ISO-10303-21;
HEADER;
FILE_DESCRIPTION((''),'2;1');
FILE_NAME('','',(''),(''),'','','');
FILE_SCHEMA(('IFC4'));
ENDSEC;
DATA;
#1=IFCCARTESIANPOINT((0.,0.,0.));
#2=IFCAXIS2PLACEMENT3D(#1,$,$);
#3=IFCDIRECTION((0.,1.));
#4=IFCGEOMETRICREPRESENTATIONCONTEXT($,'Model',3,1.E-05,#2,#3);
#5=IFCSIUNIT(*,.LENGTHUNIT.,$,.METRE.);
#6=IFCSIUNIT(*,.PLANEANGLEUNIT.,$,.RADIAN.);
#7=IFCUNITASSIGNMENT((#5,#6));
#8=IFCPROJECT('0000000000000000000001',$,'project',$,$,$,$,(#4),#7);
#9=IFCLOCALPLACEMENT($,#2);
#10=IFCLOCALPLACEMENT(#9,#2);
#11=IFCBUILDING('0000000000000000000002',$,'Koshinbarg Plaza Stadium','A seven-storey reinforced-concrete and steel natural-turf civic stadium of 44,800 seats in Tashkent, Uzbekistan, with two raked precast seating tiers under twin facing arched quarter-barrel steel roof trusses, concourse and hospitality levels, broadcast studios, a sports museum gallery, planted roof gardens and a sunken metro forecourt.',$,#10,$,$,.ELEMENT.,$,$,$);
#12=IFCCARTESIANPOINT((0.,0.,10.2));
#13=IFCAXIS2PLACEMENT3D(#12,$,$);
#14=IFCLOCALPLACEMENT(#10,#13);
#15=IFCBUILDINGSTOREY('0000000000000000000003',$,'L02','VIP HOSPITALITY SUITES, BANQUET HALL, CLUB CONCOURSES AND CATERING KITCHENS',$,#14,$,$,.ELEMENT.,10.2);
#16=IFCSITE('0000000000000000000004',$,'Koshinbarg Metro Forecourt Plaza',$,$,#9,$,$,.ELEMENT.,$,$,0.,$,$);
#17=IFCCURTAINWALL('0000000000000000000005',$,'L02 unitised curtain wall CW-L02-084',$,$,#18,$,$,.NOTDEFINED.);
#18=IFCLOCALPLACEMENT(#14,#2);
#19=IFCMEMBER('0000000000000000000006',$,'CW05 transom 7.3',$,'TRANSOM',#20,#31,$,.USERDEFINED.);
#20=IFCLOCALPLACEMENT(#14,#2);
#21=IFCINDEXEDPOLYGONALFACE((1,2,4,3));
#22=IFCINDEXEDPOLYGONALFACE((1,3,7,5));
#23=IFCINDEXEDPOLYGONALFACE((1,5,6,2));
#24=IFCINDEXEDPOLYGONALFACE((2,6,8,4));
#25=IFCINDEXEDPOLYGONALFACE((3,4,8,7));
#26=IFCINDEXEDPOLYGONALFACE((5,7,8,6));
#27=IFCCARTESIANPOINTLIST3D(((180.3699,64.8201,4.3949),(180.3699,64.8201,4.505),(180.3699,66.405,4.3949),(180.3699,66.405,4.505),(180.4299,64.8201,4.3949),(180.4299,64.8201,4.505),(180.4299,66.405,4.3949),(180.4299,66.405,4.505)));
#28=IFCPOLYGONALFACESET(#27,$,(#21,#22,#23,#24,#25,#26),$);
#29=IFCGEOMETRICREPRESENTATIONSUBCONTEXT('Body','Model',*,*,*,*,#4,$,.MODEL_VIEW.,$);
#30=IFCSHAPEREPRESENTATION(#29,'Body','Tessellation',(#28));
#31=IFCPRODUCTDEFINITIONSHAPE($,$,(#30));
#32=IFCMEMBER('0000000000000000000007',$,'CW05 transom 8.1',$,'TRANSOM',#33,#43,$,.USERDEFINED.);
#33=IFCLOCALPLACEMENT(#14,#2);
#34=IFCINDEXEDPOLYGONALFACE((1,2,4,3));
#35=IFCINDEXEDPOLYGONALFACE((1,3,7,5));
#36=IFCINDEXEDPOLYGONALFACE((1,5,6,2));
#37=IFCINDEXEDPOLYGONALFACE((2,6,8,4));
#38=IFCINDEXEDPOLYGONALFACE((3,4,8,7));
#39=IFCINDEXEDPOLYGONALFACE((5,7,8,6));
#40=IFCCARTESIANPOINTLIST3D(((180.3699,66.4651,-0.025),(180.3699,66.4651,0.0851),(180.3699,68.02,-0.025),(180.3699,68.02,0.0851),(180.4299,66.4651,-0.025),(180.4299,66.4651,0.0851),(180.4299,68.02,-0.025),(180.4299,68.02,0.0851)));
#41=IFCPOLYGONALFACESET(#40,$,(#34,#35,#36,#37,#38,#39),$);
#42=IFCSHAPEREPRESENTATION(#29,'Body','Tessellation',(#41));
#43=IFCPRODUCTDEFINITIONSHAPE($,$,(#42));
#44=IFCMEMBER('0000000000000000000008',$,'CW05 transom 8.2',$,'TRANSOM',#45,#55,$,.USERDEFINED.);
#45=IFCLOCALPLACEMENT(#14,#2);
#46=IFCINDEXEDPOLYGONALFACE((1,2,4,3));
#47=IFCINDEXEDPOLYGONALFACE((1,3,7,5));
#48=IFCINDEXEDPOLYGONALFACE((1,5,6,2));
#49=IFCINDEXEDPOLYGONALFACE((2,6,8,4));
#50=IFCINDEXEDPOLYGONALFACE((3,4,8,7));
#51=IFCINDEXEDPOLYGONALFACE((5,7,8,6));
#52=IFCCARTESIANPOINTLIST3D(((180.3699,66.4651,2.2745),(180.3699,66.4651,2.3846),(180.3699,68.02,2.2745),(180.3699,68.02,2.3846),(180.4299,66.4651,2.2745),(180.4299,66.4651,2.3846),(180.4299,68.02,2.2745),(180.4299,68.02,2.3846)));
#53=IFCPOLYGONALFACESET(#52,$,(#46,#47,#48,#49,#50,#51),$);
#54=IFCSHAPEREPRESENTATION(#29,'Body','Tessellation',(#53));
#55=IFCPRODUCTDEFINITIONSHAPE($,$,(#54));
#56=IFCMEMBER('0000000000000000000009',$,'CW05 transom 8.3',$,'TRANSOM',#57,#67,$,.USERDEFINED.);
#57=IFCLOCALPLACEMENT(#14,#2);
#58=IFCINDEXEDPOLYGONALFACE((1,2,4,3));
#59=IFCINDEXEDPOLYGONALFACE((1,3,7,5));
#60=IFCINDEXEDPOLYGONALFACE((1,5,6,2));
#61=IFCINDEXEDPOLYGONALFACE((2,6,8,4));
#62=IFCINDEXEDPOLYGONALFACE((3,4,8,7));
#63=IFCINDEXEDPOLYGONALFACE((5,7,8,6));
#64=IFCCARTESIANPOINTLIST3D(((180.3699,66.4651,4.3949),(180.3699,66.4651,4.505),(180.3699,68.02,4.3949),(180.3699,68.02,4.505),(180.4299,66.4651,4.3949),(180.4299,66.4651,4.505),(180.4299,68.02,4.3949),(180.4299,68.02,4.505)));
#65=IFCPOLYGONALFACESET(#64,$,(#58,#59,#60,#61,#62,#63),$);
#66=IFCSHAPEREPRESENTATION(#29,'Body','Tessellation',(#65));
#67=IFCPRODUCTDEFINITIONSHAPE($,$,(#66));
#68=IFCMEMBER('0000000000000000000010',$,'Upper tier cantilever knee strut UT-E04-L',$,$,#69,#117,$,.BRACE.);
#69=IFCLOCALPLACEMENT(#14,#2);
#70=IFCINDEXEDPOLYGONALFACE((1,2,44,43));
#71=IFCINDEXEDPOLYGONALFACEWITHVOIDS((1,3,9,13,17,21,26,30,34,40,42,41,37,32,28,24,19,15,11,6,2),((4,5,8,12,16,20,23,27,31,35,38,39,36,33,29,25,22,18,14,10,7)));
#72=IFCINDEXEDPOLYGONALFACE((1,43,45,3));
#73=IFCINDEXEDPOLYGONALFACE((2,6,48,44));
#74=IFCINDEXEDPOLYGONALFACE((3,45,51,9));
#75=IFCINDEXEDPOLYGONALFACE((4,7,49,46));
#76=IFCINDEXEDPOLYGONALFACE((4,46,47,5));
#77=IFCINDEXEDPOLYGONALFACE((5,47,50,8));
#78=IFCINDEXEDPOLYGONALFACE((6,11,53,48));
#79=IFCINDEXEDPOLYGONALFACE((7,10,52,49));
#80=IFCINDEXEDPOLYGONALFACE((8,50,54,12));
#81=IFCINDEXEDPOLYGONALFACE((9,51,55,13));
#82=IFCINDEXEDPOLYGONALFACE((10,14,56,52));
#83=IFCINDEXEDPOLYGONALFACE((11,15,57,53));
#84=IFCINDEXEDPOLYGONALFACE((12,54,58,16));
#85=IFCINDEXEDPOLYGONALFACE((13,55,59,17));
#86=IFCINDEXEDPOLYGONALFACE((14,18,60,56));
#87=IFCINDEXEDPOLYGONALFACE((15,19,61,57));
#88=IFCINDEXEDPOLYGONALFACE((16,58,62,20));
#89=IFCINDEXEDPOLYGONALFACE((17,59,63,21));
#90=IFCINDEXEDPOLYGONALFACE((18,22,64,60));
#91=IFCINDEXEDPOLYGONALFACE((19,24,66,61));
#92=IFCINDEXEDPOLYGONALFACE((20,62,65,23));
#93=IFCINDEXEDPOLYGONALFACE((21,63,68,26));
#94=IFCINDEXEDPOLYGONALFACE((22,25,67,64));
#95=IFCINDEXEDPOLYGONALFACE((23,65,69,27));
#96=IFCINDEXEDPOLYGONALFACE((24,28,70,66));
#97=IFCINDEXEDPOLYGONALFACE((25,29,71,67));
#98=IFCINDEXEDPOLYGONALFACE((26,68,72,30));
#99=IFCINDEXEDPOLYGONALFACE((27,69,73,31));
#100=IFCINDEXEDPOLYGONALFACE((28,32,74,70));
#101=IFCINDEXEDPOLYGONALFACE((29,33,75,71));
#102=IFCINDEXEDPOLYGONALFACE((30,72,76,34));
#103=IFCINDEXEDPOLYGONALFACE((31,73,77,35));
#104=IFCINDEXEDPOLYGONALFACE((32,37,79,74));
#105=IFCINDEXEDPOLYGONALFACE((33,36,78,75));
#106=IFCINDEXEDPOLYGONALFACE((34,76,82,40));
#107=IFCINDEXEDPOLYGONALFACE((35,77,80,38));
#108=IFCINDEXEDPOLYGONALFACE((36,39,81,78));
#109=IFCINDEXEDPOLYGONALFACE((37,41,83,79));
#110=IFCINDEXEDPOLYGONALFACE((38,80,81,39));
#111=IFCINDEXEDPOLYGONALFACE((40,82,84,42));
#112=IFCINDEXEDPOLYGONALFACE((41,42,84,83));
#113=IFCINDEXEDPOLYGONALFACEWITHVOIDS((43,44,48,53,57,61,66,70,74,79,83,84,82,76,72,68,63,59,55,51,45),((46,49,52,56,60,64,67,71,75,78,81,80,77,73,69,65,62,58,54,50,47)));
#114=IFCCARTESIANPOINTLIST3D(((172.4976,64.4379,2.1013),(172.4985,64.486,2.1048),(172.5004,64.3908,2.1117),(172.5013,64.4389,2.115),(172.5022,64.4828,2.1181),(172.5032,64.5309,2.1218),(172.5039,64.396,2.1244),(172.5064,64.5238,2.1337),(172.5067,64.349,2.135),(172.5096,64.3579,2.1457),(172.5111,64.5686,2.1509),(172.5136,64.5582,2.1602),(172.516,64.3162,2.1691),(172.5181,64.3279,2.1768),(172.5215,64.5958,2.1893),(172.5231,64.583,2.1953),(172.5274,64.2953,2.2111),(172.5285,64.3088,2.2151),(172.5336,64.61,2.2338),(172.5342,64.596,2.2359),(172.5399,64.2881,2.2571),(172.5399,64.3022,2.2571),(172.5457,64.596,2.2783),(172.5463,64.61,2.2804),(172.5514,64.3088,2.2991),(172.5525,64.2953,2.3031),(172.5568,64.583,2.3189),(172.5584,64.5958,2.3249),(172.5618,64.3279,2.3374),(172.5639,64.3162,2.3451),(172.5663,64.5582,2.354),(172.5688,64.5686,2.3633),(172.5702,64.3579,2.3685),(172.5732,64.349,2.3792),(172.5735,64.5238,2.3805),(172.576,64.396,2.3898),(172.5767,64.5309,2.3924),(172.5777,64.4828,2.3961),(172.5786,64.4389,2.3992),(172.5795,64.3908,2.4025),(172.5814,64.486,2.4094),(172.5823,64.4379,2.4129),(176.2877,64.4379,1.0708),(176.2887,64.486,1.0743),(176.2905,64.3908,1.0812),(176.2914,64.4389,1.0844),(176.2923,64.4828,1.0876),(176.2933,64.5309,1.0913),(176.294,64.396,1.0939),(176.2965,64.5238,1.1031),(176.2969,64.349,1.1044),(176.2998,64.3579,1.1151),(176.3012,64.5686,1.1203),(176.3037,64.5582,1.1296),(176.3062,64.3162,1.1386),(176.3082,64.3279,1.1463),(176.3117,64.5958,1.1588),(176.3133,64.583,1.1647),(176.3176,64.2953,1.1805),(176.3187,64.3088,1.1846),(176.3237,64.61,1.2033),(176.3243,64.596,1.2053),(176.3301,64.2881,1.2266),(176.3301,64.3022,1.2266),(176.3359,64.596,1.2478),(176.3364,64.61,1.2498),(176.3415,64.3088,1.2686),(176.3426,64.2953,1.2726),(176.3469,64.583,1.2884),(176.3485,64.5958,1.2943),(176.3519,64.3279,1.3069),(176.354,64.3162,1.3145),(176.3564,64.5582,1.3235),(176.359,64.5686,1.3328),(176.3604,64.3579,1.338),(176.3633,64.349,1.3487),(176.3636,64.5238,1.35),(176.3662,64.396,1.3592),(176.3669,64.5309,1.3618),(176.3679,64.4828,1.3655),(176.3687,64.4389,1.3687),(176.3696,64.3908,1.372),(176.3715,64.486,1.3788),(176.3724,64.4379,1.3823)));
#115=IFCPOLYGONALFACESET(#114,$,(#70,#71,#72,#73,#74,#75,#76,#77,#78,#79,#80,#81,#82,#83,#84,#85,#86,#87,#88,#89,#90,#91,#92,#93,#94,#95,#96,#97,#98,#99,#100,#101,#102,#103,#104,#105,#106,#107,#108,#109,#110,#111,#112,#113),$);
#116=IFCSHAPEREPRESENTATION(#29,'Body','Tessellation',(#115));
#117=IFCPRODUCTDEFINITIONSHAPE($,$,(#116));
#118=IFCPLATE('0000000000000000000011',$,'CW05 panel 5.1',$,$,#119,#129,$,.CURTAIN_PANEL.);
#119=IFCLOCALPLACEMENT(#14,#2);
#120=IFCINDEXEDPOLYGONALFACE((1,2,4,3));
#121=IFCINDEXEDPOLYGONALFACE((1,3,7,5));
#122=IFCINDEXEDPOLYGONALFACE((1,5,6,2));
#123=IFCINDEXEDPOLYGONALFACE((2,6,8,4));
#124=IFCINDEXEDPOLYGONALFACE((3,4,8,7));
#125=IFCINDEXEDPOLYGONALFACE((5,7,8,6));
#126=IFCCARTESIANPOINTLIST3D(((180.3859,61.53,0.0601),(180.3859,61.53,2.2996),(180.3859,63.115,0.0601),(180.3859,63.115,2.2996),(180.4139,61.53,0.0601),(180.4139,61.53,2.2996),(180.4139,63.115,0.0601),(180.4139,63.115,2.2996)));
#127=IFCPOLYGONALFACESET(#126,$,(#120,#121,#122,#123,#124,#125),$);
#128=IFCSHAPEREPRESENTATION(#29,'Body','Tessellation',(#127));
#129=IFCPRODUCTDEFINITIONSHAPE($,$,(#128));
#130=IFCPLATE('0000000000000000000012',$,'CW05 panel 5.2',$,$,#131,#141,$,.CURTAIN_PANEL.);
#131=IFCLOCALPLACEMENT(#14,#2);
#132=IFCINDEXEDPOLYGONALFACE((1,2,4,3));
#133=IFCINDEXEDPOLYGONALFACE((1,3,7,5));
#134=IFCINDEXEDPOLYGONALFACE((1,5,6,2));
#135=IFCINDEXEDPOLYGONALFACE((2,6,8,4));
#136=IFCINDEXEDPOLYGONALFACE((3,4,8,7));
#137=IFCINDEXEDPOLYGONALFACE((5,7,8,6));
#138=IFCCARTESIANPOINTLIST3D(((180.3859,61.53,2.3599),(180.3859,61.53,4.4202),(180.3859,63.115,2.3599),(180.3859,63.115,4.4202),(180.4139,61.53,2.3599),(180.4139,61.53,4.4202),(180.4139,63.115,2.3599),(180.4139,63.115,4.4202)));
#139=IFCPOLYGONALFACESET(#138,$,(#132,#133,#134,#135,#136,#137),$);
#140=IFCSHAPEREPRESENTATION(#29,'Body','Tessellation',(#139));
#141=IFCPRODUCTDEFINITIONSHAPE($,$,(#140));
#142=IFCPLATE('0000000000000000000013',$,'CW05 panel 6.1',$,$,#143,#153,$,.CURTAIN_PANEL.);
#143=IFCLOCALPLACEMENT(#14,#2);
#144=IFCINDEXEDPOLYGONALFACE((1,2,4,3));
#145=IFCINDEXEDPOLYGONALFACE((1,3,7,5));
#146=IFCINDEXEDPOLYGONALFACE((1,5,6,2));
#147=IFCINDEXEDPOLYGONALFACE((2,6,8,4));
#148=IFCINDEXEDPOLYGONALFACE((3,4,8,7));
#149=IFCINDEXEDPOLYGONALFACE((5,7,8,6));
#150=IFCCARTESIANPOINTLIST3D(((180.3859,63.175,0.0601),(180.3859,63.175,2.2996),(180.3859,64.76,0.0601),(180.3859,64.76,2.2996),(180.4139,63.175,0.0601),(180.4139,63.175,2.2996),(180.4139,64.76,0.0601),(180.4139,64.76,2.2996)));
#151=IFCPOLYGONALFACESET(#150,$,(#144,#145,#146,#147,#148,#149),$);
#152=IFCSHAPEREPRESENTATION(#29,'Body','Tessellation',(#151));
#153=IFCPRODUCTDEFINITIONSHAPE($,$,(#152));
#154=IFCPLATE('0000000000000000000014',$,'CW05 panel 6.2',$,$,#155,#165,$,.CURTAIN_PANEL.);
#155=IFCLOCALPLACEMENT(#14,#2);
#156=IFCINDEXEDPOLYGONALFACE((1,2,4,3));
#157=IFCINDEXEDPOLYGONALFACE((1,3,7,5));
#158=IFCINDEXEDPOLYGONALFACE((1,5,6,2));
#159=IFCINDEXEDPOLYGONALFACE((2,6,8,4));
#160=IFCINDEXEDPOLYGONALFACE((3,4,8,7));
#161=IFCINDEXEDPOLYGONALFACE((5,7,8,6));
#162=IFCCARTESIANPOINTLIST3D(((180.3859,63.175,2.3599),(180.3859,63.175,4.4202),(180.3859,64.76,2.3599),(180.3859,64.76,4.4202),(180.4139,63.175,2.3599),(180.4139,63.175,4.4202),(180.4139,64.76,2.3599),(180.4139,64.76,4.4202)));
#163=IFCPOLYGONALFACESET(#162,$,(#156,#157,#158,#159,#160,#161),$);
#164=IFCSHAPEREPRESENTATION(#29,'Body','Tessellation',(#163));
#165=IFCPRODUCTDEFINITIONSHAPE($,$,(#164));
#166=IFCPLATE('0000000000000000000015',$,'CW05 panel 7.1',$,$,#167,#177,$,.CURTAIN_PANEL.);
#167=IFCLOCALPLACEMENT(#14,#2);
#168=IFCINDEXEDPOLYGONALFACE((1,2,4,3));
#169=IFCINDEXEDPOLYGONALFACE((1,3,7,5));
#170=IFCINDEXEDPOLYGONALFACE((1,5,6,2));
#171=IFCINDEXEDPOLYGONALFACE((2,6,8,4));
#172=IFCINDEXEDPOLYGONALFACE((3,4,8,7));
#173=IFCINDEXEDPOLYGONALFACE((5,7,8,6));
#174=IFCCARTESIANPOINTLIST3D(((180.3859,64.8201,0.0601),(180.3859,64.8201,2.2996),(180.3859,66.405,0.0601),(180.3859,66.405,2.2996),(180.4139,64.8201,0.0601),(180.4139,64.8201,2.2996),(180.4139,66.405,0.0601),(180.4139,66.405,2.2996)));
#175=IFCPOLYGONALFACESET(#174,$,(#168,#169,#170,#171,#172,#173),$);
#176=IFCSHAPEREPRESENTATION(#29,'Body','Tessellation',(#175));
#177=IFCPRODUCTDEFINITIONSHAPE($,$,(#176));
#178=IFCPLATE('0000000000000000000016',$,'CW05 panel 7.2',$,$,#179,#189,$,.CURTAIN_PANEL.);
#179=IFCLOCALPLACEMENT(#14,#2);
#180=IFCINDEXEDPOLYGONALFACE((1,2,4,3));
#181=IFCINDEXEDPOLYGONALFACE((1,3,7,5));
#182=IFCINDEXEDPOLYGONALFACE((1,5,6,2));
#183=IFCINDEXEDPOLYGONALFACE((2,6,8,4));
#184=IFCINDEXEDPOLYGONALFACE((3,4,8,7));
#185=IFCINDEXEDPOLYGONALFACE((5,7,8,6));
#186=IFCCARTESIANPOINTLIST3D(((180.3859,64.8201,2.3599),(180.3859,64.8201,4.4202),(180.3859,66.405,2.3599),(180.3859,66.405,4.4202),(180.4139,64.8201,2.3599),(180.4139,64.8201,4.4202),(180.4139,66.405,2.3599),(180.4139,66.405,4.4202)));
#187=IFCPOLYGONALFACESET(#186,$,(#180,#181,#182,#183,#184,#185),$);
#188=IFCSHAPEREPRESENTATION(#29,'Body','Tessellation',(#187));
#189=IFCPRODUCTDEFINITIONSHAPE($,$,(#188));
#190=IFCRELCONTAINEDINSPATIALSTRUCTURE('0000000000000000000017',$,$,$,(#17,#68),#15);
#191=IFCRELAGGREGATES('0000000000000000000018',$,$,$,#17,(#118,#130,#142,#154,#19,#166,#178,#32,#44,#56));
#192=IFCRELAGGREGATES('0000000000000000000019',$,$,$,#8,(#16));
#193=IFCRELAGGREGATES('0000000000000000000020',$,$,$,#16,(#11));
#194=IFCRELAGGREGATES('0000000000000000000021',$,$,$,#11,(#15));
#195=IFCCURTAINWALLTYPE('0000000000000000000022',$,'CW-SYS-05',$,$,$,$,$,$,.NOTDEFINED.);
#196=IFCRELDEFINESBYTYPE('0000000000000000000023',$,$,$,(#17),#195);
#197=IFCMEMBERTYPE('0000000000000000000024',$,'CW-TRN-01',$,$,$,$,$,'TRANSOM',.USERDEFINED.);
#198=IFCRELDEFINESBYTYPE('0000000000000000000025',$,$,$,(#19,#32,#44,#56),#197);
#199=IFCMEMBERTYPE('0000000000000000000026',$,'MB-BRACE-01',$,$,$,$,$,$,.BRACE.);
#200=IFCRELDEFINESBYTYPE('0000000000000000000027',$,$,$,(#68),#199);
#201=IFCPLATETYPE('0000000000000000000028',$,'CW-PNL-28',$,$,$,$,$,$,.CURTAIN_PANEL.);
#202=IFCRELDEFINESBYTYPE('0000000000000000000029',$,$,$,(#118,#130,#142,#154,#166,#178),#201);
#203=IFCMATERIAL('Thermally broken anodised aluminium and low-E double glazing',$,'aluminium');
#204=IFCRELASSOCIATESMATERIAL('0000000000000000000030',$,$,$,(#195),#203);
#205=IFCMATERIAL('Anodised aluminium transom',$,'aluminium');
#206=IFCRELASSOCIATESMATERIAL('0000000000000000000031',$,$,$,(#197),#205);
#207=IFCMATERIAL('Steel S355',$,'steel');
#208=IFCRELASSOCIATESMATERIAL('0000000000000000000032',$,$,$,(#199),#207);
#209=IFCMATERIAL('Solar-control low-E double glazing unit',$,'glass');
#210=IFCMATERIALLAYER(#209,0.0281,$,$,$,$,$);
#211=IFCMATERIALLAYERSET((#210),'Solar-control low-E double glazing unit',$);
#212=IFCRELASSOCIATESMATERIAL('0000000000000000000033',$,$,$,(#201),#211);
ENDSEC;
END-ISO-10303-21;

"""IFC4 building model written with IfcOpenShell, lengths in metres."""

from ifc_helpers import new_model, si_unit, direction, frame, origin, origin_2d, place, context, subcontext, project, spatial, rectangle, hollow_circle, extrude, material, layer, layer_set, material_profile, profile_set, type_object, element, aggregate, save


model = new_model("IFC4")

# Units and contexts
model_context = context("Model", 3, precision=1e-05, world=origin(), true_north=direction((0.0, 1.0)))
body_context = subcontext(model_context, "Body", "Model", "MODEL_VIEW")
ifc_project = project(units=[si_unit("LENGTHUNIT", "METRE"), si_unit("PLANEANGLEUNIT", "RADIAN")], contexts=[model_context])

# Site, building, storey
site_placement = place(None, origin())
site = spatial("IfcSite", under=ifc_project, at=site_placement, Name="Koshinbarg Metro Forecourt Plaza", CompositionType="ELEMENT", RefElevation=0.0)
building_placement = place(site_placement, origin())
building = spatial("IfcBuilding", under=site, at=building_placement, Name="Koshinbarg Plaza Stadium", Description="A seven-storey reinforced-concrete and steel natural-turf civic stadium of 44,800 seats in Tashkent, Uzbekistan, with two raked precast seating tiers under twin facing arched quarter-barrel steel roof trusses, concourse and hospitality levels, broadcast studios, a sports museum gallery, planted roof gardens and a sunken metro forecourt.", CompositionType="ELEMENT")
storey_placement = place(building_placement, frame((0.0, 0.0, 10.2)))
storey = spatial("IfcBuildingStorey", under=building, at=storey_placement, Name="L02", Description="VIP HOSPITALITY SUITES, BANQUET HALL, CLUB CONCOURSES AND CATERING KITCHENS", CompositionType="ELEMENT", Elevation=10.2)

# Curtain wall, members
ifc_material_1 = material(Name="Thermally broken anodised aluminium and low-E double glazing", Category="aluminium")
curtain_wall_type = type_object("IfcCurtainWallType", Name="CW-SYS-05", PredefinedType="NOTDEFINED", material=ifc_material_1)
curtain_wall_placement = place(storey_placement, origin())
curtain_wall = element("IfcCurtainWall", 1, at=curtain_wall_placement, inside=storey, type_object=curtain_wall_type, Name="L02 unitised curtain wall CW-L02-084", PredefinedType="NOTDEFINED")
ifc_material_2 = material(Name="Anodised aluminium transom", Category="aluminium")
ifc_material_profile_1 = material_profile(ifc_material_2, rectangle(XDim=0.0601, YDim=0.1101, at=origin_2d()), Name="ALU 60x110")
ifc_profile_set_1 = profile_set([ifc_material_profile_1], Name="Anodised aluminium transom")
member_type_1 = type_object("IfcMemberType", Name="CW-TRN-01", ElementType="TRANSOM", PredefinedType="USERDEFINED", material=ifc_profile_set_1)
member_1_placement = place(storey_placement, frame((180.3999, 64.8201, 4.45), z_axis=(0.0, 1.0, 0.0), x_axis=(-1.0, 0.0, 0.0)))
member_1 = element("IfcMember", 2, at=member_1_placement, type_object=member_type_1, Name="CW05 transom 7.3", ObjectType="TRANSOM", PredefinedType="USERDEFINED", context=body_context, shape_type="SweptSolid", body=[
    extrude(rectangle(XDim=0.0601, YDim=0.1101, at=origin_2d()), origin(), (0.0, 0.0, 1.0), 1.585),
])
member_2_placement = place(storey_placement, frame((180.3999, 66.4651, 0.03), z_axis=(0.0, 1.0, 0.0), x_axis=(-1.0, 0.0, 0.0)))
member_2 = element("IfcMember", 3, at=member_2_placement, type_object=member_type_1, Name="CW05 transom 8.1", ObjectType="TRANSOM", PredefinedType="USERDEFINED", context=body_context, shape_type="SweptSolid", body=[
    extrude(rectangle(XDim=0.0601, YDim=0.1101, at=origin_2d()), origin(), (0.0, 0.0, 1.0), 1.5549),
])
member_3_placement = place(storey_placement, frame((180.3999, 66.4651, 2.3296), z_axis=(0.0, 1.0, 0.0), x_axis=(-1.0, 0.0, 0.0)))
member_3 = element("IfcMember", 4, at=member_3_placement, type_object=member_type_1, Name="CW05 transom 8.2", ObjectType="TRANSOM", PredefinedType="USERDEFINED", context=body_context, shape_type="SweptSolid", body=[
    extrude(rectangle(XDim=0.0601, YDim=0.1101, at=origin_2d()), origin(), (0.0, 0.0, 1.0), 1.5549),
])
member_4_placement = place(storey_placement, frame((180.3999, 66.4651, 4.45), z_axis=(0.0, 1.0, 0.0), x_axis=(-1.0, 0.0, 0.0)))
member_4 = element("IfcMember", 5, at=member_4_placement, type_object=member_type_1, Name="CW05 transom 8.3", ObjectType="TRANSOM", PredefinedType="USERDEFINED", context=body_context, shape_type="SweptSolid", body=[
    extrude(rectangle(XDim=0.0601, YDim=0.1101, at=origin_2d()), origin(), (0.0, 0.0, 1.0), 1.5549),
])

# Member
ifc_material_3 = material(Name="Steel S355", Category="steel")
ifc_material_profile_2 = material_profile(ifc_material_3, hollow_circle(Radius=0.1619, WallThickness=0.0142, at=origin_2d()), Name="CHS 323.9x14.2")
ifc_profile_set_2 = profile_set([ifc_material_profile_2], Name="Steel S355")
member_type_2 = type_object("IfcMemberType", Name="MB-BRACE-01", PredefinedType="BRACE", material=ifc_profile_set_2)
member_5_placement = place(storey_placement, frame((176.3301, 64.45, 1.2266), z_axis=(-0.964966, 0.0, 0.262376), x_axis=(0.0, -1.0, 0.0)))
element("IfcMember", 6, at=member_5_placement, inside=storey, type_object=member_type_2, Name="Upper tier cantilever knee strut UT-E04-L", PredefinedType="BRACE", context=body_context, shape_type="SweptSolid", body=[
    extrude(hollow_circle(Radius=0.1619, WallThickness=0.0142, at=origin_2d()), origin(), (0.0, 0.0, 1.0), 3.9277),
])

# Plates
ifc_material_4 = material(Name="Solar-control low-E double glazing unit", Category="glass")
ifc_layer_1 = layer(ifc_material_4, 0.0281)
ifc_layer_set_1 = layer_set([ifc_layer_1], Name="Solar-control low-E double glazing unit")
plate_type = type_object("IfcPlateType", Name="CW-PNL-28", PredefinedType="CURTAIN_PANEL", material=ifc_layer_set_1)
plate_1_placement = place(storey_placement, frame((180.3999, 62.3225, 0.0601), z_axis=(0.0, 0.0, 1.0), x_axis=(0.0, 1.0, 0.0)))
plate_1 = element("IfcPlate", 7, at=plate_1_placement, type_object=plate_type, Name="CW05 panel 5.1", PredefinedType="CURTAIN_PANEL", context=body_context, shape_type="SweptSolid", body=[
    extrude(rectangle(XDim=1.585, YDim=0.0281, at=origin_2d()), origin(), (0.0, 0.0, 1.0), 2.2395),
])
plate_2_placement = place(storey_placement, frame((180.3999, 62.3225, 2.3599), z_axis=(0.0, 0.0, 1.0), x_axis=(0.0, 1.0, 0.0)))
plate_2 = element("IfcPlate", 8, at=plate_2_placement, type_object=plate_type, Name="CW05 panel 5.2", PredefinedType="CURTAIN_PANEL", context=body_context, shape_type="SweptSolid", body=[
    extrude(rectangle(XDim=1.585, YDim=0.0281, at=origin_2d()), origin(), (0.0, 0.0, 1.0), 2.0603),
])
plate_3_placement = place(storey_placement, frame((180.3999, 63.9675, 0.0601), z_axis=(0.0, 0.0, 1.0), x_axis=(0.0, 1.0, 0.0)))
plate_3 = element("IfcPlate", 9, at=plate_3_placement, type_object=plate_type, Name="CW05 panel 6.1", PredefinedType="CURTAIN_PANEL", context=body_context, shape_type="SweptSolid", body=[
    extrude(rectangle(XDim=1.585, YDim=0.0281, at=origin_2d()), origin(), (0.0, 0.0, 1.0), 2.2395),
])
plate_4_placement = place(storey_placement, frame((180.3999, 63.9675, 2.3599), z_axis=(0.0, 0.0, 1.0), x_axis=(0.0, 1.0, 0.0)))
plate_4 = element("IfcPlate", 10, at=plate_4_placement, type_object=plate_type, Name="CW05 panel 6.2", PredefinedType="CURTAIN_PANEL", context=body_context, shape_type="SweptSolid", body=[
    extrude(rectangle(XDim=1.585, YDim=0.0281, at=origin_2d()), origin(), (0.0, 0.0, 1.0), 2.0603),
])
plate_5_placement = place(storey_placement, frame((180.3999, 65.6125, 0.0601), z_axis=(0.0, 0.0, 1.0), x_axis=(0.0, 1.0, 0.0)))
plate_5 = element("IfcPlate", 11, at=plate_5_placement, type_object=plate_type, Name="CW05 panel 7.1", PredefinedType="CURTAIN_PANEL", context=body_context, shape_type="SweptSolid", body=[
    extrude(rectangle(XDim=1.585, YDim=0.0281, at=origin_2d()), origin(), (0.0, 0.0, 1.0), 2.2395),
])
plate_6_placement = place(storey_placement, frame((180.3999, 65.6125, 2.3599), z_axis=(0.0, 0.0, 1.0), x_axis=(0.0, 1.0, 0.0)))
plate_6 = element("IfcPlate", 12, at=plate_6_placement, type_object=plate_type, Name="CW05 panel 7.2", PredefinedType="CURTAIN_PANEL", context=body_context, shape_type="SweptSolid", body=[
    extrude(rectangle(XDim=1.585, YDim=0.0281, at=origin_2d()), origin(), (0.0, 0.0, 1.0), 2.0603),
])
aggregate(curtain_wall, [plate_1, plate_2, plate_3, plate_4, member_1, plate_5, plate_6, member_2, member_3, member_4])

save(model, "model.ifc")
